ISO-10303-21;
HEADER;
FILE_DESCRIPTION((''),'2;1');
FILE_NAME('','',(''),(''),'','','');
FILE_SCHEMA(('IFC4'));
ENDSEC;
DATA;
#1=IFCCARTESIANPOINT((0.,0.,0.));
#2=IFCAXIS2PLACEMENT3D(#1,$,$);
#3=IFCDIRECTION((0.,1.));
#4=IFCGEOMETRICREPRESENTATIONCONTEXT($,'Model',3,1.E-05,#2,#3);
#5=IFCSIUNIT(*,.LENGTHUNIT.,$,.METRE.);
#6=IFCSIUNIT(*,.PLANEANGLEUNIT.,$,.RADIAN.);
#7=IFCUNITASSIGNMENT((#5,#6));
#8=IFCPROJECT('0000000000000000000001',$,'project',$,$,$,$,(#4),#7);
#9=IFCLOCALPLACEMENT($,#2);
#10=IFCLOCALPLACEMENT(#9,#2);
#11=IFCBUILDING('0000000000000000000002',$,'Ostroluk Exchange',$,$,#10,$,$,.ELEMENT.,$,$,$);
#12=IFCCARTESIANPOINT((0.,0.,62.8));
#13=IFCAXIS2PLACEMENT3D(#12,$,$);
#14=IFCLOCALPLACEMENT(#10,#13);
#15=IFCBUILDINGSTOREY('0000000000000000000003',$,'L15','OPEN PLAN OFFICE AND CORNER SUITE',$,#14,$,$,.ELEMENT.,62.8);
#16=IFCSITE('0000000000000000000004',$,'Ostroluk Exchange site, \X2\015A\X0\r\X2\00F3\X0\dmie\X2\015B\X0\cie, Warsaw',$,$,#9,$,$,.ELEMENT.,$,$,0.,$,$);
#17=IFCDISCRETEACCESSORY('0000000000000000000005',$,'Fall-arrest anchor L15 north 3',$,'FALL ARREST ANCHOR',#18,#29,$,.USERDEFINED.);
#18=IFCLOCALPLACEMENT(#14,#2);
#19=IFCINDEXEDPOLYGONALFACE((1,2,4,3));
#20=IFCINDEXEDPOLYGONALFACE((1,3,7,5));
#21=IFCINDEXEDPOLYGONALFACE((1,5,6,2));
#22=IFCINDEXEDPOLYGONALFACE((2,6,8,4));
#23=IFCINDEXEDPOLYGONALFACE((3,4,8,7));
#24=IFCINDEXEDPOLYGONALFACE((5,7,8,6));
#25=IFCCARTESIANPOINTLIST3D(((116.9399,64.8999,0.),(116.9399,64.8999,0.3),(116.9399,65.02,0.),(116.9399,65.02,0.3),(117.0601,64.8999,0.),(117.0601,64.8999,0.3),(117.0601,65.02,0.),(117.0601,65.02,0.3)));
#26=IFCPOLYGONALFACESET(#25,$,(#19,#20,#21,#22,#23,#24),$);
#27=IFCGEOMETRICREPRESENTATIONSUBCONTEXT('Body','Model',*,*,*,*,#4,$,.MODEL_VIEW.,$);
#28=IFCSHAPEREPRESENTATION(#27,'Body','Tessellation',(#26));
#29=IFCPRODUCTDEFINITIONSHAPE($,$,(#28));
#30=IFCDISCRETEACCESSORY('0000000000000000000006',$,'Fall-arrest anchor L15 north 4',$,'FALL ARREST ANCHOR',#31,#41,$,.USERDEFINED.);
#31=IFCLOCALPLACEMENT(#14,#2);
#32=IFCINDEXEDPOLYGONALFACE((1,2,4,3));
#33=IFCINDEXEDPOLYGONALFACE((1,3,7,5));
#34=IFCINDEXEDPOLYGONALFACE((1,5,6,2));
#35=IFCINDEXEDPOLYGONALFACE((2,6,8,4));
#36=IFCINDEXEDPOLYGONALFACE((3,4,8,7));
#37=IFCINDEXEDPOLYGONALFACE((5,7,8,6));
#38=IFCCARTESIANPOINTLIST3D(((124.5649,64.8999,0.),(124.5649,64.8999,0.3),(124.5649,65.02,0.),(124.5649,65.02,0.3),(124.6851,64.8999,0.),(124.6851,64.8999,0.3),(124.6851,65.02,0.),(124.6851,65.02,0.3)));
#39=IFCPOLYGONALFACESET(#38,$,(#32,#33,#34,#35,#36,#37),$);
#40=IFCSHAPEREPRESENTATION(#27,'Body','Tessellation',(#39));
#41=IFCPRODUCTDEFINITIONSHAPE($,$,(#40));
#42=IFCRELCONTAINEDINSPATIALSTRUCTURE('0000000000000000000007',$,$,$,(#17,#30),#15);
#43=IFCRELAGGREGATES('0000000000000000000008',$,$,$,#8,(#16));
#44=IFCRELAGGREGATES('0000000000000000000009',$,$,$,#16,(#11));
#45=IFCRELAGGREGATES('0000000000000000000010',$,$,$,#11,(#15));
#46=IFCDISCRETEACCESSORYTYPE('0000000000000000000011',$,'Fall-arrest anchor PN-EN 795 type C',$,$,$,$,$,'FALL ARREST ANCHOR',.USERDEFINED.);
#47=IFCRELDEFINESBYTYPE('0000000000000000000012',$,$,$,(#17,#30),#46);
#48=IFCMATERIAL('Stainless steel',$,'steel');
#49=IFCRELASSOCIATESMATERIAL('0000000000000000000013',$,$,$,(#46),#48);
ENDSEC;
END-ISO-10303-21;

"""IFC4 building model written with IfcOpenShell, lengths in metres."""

from ifc_helpers import new_model, si_unit, direction, frame, origin, origin_2d, place, context, subcontext, project, spatial, rectangle, extrude, material, type_object, element, save


model = new_model("IFC4")

# Units and contexts
model_context = context("Model", 3, precision=1e-05, world=origin(), true_north=direction((0.0, 1.0)))
body_context = subcontext(model_context, "Body", "Model", "MODEL_VIEW")
ifc_project = project(units=[si_unit("LENGTHUNIT", "METRE"), si_unit("PLANEANGLEUNIT", "RADIAN")], contexts=[model_context])

# Site, building, storey
site_placement = place(None, origin())
site = spatial("IfcSite", under=ifc_project, at=site_placement, Name="Ostroluk Exchange site, Śródmieście, Warsaw", CompositionType="ELEMENT", RefElevation=0.0)
building_placement = place(site_placement, origin())
building = spatial("IfcBuilding", under=site, at=building_placement, Name="Ostroluk Exchange", CompositionType="ELEMENT")
storey_placement = place(building_placement, frame((0.0, 0.0, 62.8)))
storey = spatial("IfcBuildingStorey", under=building, at=storey_placement, Name="L15", Description="OPEN PLAN OFFICE AND CORNER SUITE", CompositionType="ELEMENT", Elevation=62.8)

# Discrete accessories
ifc_material_1 = material(Name="Stainless steel", Category="steel")
discrete_accessory_type = type_object("IfcDiscreteAccessoryType", Name="Fall-arrest anchor PN-EN 795 type C", ElementType="FALL ARREST ANCHOR", PredefinedType="USERDEFINED", material=ifc_material_1)
for number, where, z_axis, x_axis, name in (
    (1, (117.0, 64.96, 0.0), (0.0, 0.0, 1.0), (1.0, 0.0, 0.0), "Fall-arrest anchor L15 north 3"),
    (2, (124.625, 64.96, 0.0), (0.0, 0.0, 1.0), (1.0, 0.0, 0.0), "Fall-arrest anchor L15 north 4"),
):
    element("IfcDiscreteAccessory", number, at=place(storey_placement, frame(where, z_axis=z_axis, x_axis=x_axis)), inside=storey, type_object=discrete_accessory_type, Name=name, ObjectType="FALL ARREST ANCHOR", PredefinedType="USERDEFINED", context=body_context, shape_type="SweptSolid", body=[
        extrude(rectangle(XDim=0.1201, YDim=0.1201, at=origin_2d()), origin(), (0.0, 0.0, 1.0), 0.3),
    ])

save(model, "model.ifc")
